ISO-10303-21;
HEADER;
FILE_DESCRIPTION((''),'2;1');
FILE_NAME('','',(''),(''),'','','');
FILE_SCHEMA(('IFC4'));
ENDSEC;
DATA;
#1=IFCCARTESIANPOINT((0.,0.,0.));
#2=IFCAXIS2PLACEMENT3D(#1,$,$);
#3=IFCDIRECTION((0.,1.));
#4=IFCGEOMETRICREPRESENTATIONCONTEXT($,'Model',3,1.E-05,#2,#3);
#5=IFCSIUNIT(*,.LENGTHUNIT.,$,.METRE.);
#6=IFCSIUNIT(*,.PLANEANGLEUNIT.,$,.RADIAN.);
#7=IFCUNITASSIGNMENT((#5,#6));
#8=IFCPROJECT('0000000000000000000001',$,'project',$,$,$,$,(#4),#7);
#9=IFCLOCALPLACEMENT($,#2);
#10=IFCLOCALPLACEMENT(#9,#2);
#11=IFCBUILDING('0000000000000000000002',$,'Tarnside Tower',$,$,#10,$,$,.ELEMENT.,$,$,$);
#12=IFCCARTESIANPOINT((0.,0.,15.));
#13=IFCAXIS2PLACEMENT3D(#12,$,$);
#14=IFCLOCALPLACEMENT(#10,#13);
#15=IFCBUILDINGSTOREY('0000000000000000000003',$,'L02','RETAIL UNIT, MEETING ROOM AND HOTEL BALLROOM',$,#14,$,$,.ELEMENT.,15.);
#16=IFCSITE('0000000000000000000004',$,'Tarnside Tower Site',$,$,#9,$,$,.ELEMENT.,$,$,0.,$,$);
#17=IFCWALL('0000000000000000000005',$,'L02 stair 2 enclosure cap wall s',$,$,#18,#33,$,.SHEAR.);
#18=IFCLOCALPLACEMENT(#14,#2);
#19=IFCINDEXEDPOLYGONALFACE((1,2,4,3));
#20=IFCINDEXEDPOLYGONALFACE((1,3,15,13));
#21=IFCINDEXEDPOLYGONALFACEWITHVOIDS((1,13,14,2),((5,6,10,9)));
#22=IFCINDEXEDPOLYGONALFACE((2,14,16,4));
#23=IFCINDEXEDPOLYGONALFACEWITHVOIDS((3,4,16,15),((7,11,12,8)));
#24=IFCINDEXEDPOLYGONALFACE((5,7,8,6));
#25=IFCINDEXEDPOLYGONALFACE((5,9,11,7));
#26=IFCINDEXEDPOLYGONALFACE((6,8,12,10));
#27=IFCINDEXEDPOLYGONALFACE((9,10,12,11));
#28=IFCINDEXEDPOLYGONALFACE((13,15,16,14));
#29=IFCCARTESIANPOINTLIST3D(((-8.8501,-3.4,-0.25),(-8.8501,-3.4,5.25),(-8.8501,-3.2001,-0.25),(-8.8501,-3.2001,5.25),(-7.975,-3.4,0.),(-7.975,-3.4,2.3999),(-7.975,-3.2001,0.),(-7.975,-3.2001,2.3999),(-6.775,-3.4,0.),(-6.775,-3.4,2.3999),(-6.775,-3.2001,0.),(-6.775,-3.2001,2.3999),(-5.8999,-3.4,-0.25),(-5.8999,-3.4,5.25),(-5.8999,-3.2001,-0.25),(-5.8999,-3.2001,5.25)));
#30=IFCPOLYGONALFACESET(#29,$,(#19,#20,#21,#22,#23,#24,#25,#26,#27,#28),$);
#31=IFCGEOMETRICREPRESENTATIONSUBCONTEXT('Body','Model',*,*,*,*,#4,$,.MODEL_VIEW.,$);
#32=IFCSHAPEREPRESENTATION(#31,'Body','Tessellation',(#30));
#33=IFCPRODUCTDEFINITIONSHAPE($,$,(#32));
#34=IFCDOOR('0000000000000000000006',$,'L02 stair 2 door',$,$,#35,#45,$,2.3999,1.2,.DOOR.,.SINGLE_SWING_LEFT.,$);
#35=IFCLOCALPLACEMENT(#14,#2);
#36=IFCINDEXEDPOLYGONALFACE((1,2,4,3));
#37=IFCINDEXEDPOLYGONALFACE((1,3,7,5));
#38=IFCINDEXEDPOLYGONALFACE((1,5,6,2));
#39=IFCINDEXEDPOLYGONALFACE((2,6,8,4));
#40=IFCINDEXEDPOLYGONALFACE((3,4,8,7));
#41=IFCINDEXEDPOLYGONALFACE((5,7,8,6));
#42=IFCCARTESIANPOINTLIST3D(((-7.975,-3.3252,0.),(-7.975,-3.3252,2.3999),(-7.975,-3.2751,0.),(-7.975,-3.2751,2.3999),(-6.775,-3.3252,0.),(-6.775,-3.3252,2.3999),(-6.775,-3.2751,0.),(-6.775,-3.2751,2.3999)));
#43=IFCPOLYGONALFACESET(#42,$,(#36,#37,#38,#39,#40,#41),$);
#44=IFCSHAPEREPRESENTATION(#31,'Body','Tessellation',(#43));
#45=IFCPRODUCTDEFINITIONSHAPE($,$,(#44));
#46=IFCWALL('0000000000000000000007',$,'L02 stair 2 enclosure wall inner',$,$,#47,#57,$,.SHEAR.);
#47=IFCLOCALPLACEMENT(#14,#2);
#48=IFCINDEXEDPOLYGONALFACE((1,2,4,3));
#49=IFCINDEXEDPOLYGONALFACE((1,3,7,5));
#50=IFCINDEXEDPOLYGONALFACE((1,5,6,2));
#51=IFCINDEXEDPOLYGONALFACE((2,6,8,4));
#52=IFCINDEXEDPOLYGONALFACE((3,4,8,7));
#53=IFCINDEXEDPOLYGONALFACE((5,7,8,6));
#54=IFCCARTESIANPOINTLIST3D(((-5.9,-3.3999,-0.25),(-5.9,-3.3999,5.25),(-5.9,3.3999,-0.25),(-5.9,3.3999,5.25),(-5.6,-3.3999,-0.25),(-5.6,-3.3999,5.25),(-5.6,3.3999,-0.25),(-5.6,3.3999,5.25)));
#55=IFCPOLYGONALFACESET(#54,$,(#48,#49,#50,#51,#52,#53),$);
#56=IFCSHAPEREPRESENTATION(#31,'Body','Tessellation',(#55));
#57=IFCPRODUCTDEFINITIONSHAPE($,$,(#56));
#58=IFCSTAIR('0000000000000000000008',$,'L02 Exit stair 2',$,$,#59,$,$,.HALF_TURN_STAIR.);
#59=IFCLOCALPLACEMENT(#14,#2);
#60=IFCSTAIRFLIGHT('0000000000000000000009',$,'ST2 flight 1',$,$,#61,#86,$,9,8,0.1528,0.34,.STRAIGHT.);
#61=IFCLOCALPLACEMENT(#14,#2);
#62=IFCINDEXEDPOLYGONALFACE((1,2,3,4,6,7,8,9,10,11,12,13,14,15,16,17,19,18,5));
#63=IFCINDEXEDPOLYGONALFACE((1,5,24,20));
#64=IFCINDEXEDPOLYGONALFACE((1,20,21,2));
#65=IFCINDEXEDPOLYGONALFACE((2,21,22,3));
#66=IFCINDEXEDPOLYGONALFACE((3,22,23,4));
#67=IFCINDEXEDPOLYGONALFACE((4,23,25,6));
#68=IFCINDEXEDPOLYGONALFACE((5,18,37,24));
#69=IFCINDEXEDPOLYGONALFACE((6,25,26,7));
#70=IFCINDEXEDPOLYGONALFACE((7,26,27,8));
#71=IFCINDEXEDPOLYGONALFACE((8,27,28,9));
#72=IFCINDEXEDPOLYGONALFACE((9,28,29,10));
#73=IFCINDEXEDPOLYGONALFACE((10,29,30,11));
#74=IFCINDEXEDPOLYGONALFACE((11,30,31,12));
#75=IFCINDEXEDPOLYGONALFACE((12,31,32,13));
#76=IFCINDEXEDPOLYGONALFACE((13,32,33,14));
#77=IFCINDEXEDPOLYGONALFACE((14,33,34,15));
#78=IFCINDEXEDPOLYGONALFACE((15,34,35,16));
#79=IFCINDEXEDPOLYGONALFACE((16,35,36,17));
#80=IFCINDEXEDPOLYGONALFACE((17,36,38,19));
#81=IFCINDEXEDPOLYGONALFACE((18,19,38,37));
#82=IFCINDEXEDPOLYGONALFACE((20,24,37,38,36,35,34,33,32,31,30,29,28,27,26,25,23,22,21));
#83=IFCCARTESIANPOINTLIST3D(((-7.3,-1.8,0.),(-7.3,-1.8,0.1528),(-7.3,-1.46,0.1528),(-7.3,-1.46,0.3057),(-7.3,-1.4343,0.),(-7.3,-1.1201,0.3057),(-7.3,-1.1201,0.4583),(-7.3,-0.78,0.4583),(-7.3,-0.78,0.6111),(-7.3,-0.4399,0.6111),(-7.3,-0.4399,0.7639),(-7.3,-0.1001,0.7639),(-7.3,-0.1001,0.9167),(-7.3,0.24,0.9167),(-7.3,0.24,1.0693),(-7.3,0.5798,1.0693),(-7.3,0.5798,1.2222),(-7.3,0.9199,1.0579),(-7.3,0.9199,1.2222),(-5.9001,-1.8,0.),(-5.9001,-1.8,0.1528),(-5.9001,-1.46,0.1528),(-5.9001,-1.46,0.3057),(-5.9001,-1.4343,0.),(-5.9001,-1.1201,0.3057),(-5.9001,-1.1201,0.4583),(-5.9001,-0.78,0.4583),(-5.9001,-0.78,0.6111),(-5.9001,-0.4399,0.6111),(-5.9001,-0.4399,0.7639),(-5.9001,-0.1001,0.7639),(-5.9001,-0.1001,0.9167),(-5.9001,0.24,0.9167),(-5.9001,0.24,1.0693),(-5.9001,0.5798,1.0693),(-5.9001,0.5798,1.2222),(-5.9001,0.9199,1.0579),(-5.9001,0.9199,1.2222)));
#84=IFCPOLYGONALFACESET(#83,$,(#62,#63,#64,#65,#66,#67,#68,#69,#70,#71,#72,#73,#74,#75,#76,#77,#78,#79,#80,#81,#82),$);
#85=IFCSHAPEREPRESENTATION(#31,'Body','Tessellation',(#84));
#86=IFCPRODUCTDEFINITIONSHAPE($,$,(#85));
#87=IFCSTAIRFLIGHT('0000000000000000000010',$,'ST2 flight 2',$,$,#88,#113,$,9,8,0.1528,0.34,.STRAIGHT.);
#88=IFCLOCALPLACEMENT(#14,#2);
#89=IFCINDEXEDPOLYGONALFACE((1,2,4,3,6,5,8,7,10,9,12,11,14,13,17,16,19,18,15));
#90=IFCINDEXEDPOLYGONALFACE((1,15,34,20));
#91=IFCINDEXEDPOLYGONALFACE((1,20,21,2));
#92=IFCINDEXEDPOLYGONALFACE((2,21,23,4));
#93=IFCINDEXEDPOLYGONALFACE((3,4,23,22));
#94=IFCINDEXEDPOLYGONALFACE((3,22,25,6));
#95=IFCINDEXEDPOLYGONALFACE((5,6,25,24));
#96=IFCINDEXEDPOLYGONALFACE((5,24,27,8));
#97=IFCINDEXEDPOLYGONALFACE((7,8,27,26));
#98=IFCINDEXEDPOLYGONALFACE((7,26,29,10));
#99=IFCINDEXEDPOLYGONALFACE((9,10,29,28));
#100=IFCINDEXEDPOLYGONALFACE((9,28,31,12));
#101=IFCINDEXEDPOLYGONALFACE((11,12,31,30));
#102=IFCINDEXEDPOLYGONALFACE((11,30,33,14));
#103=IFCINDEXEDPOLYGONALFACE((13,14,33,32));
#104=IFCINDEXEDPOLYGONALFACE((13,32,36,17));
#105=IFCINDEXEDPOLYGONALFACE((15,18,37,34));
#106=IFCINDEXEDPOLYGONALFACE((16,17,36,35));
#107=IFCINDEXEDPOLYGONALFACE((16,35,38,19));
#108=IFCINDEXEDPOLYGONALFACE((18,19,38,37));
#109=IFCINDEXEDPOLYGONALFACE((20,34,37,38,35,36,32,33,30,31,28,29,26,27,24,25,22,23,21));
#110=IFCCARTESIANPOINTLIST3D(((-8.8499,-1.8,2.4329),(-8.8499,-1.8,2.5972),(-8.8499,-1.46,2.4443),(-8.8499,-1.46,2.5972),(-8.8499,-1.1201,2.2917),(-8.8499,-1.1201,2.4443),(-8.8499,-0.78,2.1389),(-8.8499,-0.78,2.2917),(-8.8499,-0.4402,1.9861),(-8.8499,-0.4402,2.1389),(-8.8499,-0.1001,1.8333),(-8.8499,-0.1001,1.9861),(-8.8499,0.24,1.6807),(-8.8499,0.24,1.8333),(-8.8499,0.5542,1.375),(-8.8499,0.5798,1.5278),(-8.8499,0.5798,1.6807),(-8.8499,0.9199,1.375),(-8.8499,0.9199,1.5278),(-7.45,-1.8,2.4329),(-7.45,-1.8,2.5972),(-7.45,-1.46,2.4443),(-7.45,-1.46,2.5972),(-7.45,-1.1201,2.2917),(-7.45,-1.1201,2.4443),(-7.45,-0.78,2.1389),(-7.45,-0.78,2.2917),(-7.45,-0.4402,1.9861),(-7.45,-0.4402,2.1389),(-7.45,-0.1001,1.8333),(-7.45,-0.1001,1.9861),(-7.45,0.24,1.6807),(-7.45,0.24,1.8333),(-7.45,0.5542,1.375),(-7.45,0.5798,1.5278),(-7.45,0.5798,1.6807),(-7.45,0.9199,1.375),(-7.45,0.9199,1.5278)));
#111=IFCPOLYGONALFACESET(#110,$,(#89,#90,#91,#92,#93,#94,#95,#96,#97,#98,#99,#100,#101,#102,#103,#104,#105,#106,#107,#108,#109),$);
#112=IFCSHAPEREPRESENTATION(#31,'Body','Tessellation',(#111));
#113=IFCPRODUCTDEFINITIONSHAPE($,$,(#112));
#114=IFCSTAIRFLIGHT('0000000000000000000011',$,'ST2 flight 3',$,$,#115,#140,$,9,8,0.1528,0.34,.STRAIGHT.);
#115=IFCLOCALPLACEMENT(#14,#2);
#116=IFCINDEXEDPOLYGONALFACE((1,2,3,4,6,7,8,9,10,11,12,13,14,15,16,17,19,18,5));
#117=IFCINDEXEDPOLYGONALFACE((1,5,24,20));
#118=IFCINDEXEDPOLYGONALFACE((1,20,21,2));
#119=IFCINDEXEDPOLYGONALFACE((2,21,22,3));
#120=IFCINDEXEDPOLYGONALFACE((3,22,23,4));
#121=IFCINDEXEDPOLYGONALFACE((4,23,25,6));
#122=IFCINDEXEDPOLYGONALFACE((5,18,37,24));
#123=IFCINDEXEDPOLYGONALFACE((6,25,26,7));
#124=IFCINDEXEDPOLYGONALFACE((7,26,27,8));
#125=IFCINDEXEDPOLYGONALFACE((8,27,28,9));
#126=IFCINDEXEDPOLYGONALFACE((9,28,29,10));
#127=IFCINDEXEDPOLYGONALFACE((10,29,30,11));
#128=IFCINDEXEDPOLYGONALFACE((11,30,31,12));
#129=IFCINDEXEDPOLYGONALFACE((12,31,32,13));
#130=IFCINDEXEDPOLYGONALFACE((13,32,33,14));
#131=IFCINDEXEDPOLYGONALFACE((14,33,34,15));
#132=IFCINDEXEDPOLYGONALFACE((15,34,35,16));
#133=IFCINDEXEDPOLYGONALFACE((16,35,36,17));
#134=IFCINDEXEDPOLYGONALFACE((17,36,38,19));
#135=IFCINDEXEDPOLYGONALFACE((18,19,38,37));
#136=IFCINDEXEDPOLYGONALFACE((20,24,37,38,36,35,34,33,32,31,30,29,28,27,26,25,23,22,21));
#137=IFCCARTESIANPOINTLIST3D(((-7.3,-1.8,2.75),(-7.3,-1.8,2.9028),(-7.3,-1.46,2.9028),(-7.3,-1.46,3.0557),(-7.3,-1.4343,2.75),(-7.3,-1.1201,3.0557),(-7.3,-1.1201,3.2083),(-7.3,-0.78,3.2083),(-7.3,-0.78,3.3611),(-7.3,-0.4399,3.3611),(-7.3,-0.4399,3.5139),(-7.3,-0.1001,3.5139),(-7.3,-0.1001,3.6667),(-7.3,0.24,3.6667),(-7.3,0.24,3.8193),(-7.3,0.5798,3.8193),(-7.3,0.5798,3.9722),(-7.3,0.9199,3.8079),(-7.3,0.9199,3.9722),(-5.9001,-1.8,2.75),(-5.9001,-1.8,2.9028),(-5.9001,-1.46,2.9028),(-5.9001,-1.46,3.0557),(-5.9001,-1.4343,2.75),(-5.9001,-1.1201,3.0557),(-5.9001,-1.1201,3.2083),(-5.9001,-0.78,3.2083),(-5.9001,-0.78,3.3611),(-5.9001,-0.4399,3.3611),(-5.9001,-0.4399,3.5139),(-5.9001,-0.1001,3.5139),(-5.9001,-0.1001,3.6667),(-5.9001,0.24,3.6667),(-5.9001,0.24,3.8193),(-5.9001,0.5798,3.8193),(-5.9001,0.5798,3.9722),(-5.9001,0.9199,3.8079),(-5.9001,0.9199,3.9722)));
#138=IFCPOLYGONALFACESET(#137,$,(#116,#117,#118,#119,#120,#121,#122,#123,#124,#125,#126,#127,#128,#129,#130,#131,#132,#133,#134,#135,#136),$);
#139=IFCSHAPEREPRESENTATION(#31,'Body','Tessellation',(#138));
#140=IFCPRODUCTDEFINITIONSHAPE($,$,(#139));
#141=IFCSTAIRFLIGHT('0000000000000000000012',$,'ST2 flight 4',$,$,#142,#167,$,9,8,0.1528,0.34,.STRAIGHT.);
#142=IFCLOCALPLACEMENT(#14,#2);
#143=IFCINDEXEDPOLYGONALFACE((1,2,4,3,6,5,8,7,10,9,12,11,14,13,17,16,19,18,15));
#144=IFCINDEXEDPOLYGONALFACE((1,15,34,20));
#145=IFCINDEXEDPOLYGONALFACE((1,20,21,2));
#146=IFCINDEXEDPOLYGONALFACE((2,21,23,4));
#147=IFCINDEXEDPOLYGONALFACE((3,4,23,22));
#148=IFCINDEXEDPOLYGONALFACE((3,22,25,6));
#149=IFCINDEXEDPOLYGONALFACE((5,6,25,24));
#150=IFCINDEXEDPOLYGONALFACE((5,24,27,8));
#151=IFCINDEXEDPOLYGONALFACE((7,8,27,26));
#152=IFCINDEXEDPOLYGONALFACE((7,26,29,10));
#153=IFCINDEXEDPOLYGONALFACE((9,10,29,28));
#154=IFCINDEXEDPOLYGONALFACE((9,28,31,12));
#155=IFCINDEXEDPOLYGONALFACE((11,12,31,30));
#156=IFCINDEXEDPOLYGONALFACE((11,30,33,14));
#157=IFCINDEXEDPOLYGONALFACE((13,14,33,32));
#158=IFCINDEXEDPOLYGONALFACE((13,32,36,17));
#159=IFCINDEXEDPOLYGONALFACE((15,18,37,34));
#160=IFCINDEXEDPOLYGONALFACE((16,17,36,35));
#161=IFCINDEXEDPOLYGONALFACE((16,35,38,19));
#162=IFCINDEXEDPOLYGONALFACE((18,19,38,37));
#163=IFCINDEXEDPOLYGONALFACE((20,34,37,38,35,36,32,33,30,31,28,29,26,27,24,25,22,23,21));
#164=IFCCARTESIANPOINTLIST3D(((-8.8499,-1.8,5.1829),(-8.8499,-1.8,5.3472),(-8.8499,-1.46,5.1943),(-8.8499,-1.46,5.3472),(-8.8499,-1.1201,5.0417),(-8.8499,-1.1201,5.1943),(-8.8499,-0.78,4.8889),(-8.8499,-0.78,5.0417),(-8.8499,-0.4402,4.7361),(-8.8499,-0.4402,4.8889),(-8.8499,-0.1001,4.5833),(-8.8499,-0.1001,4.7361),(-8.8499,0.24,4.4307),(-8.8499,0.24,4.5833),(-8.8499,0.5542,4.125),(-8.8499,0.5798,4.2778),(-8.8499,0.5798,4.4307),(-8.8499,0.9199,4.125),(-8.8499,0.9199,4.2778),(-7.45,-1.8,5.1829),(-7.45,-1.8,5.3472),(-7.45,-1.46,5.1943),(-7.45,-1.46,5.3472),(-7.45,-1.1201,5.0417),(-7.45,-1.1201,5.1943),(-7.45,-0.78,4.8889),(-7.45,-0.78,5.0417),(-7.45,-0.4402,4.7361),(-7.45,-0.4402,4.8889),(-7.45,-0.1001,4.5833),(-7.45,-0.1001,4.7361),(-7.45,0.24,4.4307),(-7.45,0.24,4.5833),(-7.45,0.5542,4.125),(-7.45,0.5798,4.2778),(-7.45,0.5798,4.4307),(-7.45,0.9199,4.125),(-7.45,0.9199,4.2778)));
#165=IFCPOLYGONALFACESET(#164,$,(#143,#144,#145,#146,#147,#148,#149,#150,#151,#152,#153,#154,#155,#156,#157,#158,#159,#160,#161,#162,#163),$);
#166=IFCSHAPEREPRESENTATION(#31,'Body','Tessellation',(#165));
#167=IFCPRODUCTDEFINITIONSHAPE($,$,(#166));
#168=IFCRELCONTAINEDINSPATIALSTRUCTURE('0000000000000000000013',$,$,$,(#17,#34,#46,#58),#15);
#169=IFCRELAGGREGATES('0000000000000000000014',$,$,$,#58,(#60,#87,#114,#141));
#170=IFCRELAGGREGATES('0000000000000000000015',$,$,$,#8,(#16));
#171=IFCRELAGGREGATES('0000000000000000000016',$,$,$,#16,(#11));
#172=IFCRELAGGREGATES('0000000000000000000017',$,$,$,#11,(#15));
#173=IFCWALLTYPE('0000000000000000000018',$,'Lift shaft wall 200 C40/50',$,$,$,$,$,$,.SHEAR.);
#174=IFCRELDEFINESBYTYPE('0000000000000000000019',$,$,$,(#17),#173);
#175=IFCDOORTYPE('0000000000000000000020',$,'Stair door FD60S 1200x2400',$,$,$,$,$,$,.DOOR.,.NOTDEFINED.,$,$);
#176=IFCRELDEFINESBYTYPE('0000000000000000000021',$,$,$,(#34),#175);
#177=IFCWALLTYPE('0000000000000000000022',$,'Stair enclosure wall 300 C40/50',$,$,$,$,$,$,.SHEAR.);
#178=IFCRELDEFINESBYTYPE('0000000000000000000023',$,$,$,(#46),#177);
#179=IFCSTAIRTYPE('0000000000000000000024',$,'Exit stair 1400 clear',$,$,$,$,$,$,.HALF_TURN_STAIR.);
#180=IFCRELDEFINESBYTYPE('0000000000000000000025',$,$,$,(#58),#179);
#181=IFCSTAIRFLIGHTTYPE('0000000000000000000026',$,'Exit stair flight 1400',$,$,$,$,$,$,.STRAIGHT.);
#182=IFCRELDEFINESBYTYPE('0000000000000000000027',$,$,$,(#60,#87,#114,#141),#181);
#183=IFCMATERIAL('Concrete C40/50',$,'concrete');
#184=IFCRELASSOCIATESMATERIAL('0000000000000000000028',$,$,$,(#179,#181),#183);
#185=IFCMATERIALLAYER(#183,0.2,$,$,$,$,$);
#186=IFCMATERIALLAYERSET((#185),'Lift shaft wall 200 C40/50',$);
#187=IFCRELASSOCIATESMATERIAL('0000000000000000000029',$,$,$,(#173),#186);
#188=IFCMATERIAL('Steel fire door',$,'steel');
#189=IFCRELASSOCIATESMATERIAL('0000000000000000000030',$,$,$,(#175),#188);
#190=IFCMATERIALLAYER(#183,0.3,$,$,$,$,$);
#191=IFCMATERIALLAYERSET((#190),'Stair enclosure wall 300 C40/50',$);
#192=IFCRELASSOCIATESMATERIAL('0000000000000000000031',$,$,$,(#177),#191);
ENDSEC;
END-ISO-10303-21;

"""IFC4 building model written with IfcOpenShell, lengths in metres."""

from ifc_helpers import new_model, si_unit, direction, frame, frame_2d, origin, place, context, subcontext, project, spatial, polyline, rectangle, outline, extrude, material, layer, layer_set, type_object, element, fill, aggregate, save


model = new_model("IFC4")

# Units and contexts
model_context = context("Model", 3, precision=1e-05, world=origin(), true_north=direction((0.0, 1.0)))
body_context = subcontext(model_context, "Body", "Model", "MODEL_VIEW")
ifc_project = project(units=[si_unit("LENGTHUNIT", "METRE"), si_unit("PLANEANGLEUNIT", "RADIAN")], contexts=[model_context])

# Site, building, storey
site_placement = place(None, origin())
site = spatial("IfcSite", under=ifc_project, at=site_placement, Name="Tarnside Tower Site", CompositionType="ELEMENT", RefElevation=0.0)
building_placement = place(site_placement, origin())
building = spatial("IfcBuilding", under=site, at=building_placement, Name="Tarnside Tower", CompositionType="ELEMENT")
storey_placement = place(building_placement, frame((0.0, 0.0, 15.0)))
storey = spatial("IfcBuildingStorey", under=building, at=storey_placement, Name="L02", Description="RETAIL UNIT, MEETING ROOM AND HOTEL BALLROOM", CompositionType="ELEMENT", Elevation=15.0)

# Shared definitions
ifc_material_1 = material(Name="Concrete C40/50", Category="concrete")
stair_type = type_object("IfcStairType", Name="Exit stair 1400 clear", PredefinedType="HALF_TURN_STAIR", material=ifc_material_1)

# Shared definitions
ifc_material_2 = material(Name="Steel fire door", Category="steel")

# Shared definitions
ifc_layer_1 = layer(ifc_material_1, 0.2)
ifc_layer_set_1 = layer_set([ifc_layer_1], Name="Lift shaft wall 200 C40/50")
wall_type_1 = type_object("IfcWallType", Name="Lift shaft wall 200 C40/50", PredefinedType="SHEAR", material=ifc_layer_set_1)

# Wall, opening, door
wall_1_placement = place(storey_placement, frame((-8.8501, -3.3, -0.25), z_axis=(0.0, 0.0, 1.0), x_axis=(1.0, 0.0, 0.0)))
wall_1 = element("IfcWall", 1, at=wall_1_placement, inside=storey, type_object=wall_type_1, Name="L02 stair 2 enclosure cap wall s", PredefinedType="SHEAR", context=body_context, shape_type="SweptSolid", body=[
    extrude(rectangle(XDim=2.9502, YDim=0.2, at=frame_2d((1.4751, 0.0))), origin(), (0.0, 0.0, 1.0), 5.5),
])
opening_1_placement = place(wall_1_placement, frame((0.875, 0.0, 0.25)))
opening_1 = element("IfcOpeningElement", 2, at=opening_1_placement, cuts=wall_1, PredefinedType="OPENING", context=body_context, shape_type="SweptSolid", body=[
    extrude(rectangle(XDim=1.2, YDim=2.3999, at=frame_2d((0.6001, 1.2))), frame((0.0, 0.1099, 0.0), z_axis=(0.0, -1.0, 0.0), x_axis=(1.0, 0.0, 0.0)), (0.0, 0.0, 1.0), 0.22),
])
door_type_1 = type_object("IfcDoorType", Name="Stair door FD60S 1200x2400", OperationType="NOTDEFINED", PredefinedType="DOOR", material=ifc_material_2)
door_1_placement = place(opening_1_placement, origin())
door_1 = element("IfcDoor", 3, at=door_1_placement, inside=storey, type_object=door_type_1, Name="L02 stair 2 door", OperationType="SINGLE_SWING_LEFT", OverallHeight=2.3999, OverallWidth=1.2, PredefinedType="DOOR", context=body_context, shape_type="SweptSolid", body=[
    extrude(rectangle(XDim=1.2, YDim=2.3999, at=frame_2d((0.6001, 1.2))), frame((0.0, 0.0249, 0.0), z_axis=(0.0, -1.0, 0.0), x_axis=(1.0, 0.0, 0.0)), (0.0, 0.0, 1.0), 0.05),
])
fill(opening_1, door_1)

# Wall
ifc_layer_2 = layer(ifc_material_1, 0.3)
ifc_layer_set_2 = layer_set([ifc_layer_2], Name="Stair enclosure wall 300 C40/50")
wall_type_2 = type_object("IfcWallType", Name="Stair enclosure wall 300 C40/50", PredefinedType="SHEAR", material=ifc_layer_set_2)
wall_2_placement = place(storey_placement, frame((-5.75, -3.3999, -0.25), z_axis=(0.0, 0.0, 1.0), x_axis=(0.0, 1.0, 0.0)))
element("IfcWall", 4, at=wall_2_placement, inside=storey, type_object=wall_type_2, Name="L02 stair 2 enclosure wall inner", PredefinedType="SHEAR", context=body_context, shape_type="SweptSolid", body=[
    extrude(rectangle(XDim=6.7998, YDim=0.3, at=frame_2d((3.3999, 0.0))), origin(), (0.0, 0.0, 1.0), 5.5),
])

# Stair, stair flights
stair_1_placement = place(storey_placement, origin())
stair_1 = element("IfcStair", 5, at=stair_1_placement, inside=storey, type_object=stair_type, Name="L02 Exit stair 2", PredefinedType="HALF_TURN_STAIR")
stair_flight_type = type_object("IfcStairFlightType", Name="Exit stair flight 1400", PredefinedType="STRAIGHT", material=ifc_material_1)
stair_flight_1_placement = place(storey_placement, frame((-6.6001, -1.8, 0.0), z_axis=(0.0, 0.0, 1.0), x_axis=(0.0, 1.0, 0.0)))
stair_flight_1 = element("IfcStairFlight", 6, at=stair_flight_1_placement, type_object=stair_flight_type, Name="ST2 flight 1", NumberOfRisers=9, NumberOfTreads=8, PredefinedType="STRAIGHT", RiserHeight=0.1528, TreadLength=0.34, context=body_context, shape_type="SweptSolid", body=[
    extrude(outline(polyline([(0.0, 0.0), (0.0, 0.1528), (0.3401, 0.1528), (0.3401, 0.3057), (0.6799, 0.3057), (0.6799, 0.4583), (1.02, 0.4583), (1.02, 0.6111), (1.3601, 0.6111), (1.3601, 0.7639), (1.7, 0.7639), (1.7, 0.9167), (2.04, 0.9167), (2.04, 1.0693), (2.3799, 1.0693), (2.3799, 1.2222), (2.72, 1.2222), (2.72, 1.375), (2.72, 1.0579), (0.3657, 0.0), (0.0, 0.0)])), frame((0.0, 0.7, 0.0), z_axis=(0.0, -1.0, 0.0), x_axis=(1.0, 0.0, 0.0)), (0.0, 0.0, 1.0), 1.3999),
])
stair_flight_2_placement = place(storey_placement, frame((-8.1499, 0.9199, 1.375), z_axis=(0.0, 0.0, 1.0), x_axis=(0.0, -1.0, 0.0)))
stair_flight_2 = element("IfcStairFlight", 7, at=stair_flight_2_placement, type_object=stair_flight_type, Name="ST2 flight 2", NumberOfRisers=9, NumberOfTreads=8, PredefinedType="STRAIGHT", RiserHeight=0.1528, TreadLength=0.34, context=body_context, shape_type="SweptSolid", body=[
    extrude(outline(polyline([(0.0, 0.0), (0.0, 0.1528), (0.3401, 0.1528), (0.3401, 0.3057), (0.6799, 0.3057), (0.6799, 0.4583), (1.02, 0.4583), (1.02, 0.6111), (1.3601, 0.6111), (1.3601, 0.7639), (1.7, 0.7639), (1.7, 0.9167), (2.04, 0.9167), (2.04, 1.0693), (2.3799, 1.0693), (2.3799, 1.2222), (2.72, 1.2222), (2.72, 1.375), (2.72, 1.0579), (0.3657, 0.0), (0.0, 0.0)])), frame((0.0, 0.7, 0.0), z_axis=(0.0, -1.0, 0.0), x_axis=(1.0, 0.0, 0.0)), (0.0, 0.0, 1.0), 1.3999),
])
stair_flight_3_placement = place(storey_placement, frame((-6.6001, -1.8, 2.75), z_axis=(0.0, 0.0, 1.0), x_axis=(0.0, 1.0, 0.0)))
stair_flight_3 = element("IfcStairFlight", 8, at=stair_flight_3_placement, type_object=stair_flight_type, Name="ST2 flight 3", NumberOfRisers=9, NumberOfTreads=8, PredefinedType="STRAIGHT", RiserHeight=0.1528, TreadLength=0.34, context=body_context, shape_type="SweptSolid", body=[
    extrude(outline(polyline([(0.0, 0.0), (0.0, 0.1528), (0.3401, 0.1528), (0.3401, 0.3057), (0.6799, 0.3057), (0.6799, 0.4583), (1.02, 0.4583), (1.02, 0.6111), (1.3601, 0.6111), (1.3601, 0.7639), (1.7, 0.7639), (1.7, 0.9167), (2.04, 0.9167), (2.04, 1.0693), (2.3799, 1.0693), (2.3799, 1.2222), (2.72, 1.2222), (2.72, 1.375), (2.72, 1.0579), (0.3657, 0.0), (0.0, 0.0)])), frame((0.0, 0.7, 0.0), z_axis=(0.0, -1.0, 0.0), x_axis=(1.0, 0.0, 0.0)), (0.0, 0.0, 1.0), 1.3999),
])
stair_flight_4_placement = place(storey_placement, frame((-8.1499, 0.9199, 4.125), z_axis=(0.0, 0.0, 1.0), x_axis=(0.0, -1.0, 0.0)))
stair_flight_4 = element("IfcStairFlight", 9, at=stair_flight_4_placement, type_object=stair_flight_type, Name="ST2 flight 4", NumberOfRisers=9, NumberOfTreads=8, PredefinedType="STRAIGHT", RiserHeight=0.1528, TreadLength=0.34, context=body_context, shape_type="SweptSolid", body=[
    extrude(outline(polyline([(0.0, 0.0), (0.0, 0.1528), (0.3401, 0.1528), (0.3401, 0.3057), (0.6799, 0.3057), (0.6799, 0.4583), (1.02, 0.4583), (1.02, 0.6111), (1.3601, 0.6111), (1.3601, 0.7639), (1.7, 0.7639), (1.7, 0.9167), (2.04, 0.9167), (2.04, 1.0693), (2.3799, 1.0693), (2.3799, 1.2222), (2.72, 1.2222), (2.72, 1.375), (2.72, 1.0579), (0.3657, 0.0), (0.0, 0.0)])), frame((0.0, 0.7, 0.0), z_axis=(0.0, -1.0, 0.0), x_axis=(1.0, 0.0, 0.0)), (0.0, 0.0, 1.0), 1.3999),
])
aggregate(stair_1, [stair_flight_1, stair_flight_2, stair_flight_3, stair_flight_4])

save(model, "model.ifc")
